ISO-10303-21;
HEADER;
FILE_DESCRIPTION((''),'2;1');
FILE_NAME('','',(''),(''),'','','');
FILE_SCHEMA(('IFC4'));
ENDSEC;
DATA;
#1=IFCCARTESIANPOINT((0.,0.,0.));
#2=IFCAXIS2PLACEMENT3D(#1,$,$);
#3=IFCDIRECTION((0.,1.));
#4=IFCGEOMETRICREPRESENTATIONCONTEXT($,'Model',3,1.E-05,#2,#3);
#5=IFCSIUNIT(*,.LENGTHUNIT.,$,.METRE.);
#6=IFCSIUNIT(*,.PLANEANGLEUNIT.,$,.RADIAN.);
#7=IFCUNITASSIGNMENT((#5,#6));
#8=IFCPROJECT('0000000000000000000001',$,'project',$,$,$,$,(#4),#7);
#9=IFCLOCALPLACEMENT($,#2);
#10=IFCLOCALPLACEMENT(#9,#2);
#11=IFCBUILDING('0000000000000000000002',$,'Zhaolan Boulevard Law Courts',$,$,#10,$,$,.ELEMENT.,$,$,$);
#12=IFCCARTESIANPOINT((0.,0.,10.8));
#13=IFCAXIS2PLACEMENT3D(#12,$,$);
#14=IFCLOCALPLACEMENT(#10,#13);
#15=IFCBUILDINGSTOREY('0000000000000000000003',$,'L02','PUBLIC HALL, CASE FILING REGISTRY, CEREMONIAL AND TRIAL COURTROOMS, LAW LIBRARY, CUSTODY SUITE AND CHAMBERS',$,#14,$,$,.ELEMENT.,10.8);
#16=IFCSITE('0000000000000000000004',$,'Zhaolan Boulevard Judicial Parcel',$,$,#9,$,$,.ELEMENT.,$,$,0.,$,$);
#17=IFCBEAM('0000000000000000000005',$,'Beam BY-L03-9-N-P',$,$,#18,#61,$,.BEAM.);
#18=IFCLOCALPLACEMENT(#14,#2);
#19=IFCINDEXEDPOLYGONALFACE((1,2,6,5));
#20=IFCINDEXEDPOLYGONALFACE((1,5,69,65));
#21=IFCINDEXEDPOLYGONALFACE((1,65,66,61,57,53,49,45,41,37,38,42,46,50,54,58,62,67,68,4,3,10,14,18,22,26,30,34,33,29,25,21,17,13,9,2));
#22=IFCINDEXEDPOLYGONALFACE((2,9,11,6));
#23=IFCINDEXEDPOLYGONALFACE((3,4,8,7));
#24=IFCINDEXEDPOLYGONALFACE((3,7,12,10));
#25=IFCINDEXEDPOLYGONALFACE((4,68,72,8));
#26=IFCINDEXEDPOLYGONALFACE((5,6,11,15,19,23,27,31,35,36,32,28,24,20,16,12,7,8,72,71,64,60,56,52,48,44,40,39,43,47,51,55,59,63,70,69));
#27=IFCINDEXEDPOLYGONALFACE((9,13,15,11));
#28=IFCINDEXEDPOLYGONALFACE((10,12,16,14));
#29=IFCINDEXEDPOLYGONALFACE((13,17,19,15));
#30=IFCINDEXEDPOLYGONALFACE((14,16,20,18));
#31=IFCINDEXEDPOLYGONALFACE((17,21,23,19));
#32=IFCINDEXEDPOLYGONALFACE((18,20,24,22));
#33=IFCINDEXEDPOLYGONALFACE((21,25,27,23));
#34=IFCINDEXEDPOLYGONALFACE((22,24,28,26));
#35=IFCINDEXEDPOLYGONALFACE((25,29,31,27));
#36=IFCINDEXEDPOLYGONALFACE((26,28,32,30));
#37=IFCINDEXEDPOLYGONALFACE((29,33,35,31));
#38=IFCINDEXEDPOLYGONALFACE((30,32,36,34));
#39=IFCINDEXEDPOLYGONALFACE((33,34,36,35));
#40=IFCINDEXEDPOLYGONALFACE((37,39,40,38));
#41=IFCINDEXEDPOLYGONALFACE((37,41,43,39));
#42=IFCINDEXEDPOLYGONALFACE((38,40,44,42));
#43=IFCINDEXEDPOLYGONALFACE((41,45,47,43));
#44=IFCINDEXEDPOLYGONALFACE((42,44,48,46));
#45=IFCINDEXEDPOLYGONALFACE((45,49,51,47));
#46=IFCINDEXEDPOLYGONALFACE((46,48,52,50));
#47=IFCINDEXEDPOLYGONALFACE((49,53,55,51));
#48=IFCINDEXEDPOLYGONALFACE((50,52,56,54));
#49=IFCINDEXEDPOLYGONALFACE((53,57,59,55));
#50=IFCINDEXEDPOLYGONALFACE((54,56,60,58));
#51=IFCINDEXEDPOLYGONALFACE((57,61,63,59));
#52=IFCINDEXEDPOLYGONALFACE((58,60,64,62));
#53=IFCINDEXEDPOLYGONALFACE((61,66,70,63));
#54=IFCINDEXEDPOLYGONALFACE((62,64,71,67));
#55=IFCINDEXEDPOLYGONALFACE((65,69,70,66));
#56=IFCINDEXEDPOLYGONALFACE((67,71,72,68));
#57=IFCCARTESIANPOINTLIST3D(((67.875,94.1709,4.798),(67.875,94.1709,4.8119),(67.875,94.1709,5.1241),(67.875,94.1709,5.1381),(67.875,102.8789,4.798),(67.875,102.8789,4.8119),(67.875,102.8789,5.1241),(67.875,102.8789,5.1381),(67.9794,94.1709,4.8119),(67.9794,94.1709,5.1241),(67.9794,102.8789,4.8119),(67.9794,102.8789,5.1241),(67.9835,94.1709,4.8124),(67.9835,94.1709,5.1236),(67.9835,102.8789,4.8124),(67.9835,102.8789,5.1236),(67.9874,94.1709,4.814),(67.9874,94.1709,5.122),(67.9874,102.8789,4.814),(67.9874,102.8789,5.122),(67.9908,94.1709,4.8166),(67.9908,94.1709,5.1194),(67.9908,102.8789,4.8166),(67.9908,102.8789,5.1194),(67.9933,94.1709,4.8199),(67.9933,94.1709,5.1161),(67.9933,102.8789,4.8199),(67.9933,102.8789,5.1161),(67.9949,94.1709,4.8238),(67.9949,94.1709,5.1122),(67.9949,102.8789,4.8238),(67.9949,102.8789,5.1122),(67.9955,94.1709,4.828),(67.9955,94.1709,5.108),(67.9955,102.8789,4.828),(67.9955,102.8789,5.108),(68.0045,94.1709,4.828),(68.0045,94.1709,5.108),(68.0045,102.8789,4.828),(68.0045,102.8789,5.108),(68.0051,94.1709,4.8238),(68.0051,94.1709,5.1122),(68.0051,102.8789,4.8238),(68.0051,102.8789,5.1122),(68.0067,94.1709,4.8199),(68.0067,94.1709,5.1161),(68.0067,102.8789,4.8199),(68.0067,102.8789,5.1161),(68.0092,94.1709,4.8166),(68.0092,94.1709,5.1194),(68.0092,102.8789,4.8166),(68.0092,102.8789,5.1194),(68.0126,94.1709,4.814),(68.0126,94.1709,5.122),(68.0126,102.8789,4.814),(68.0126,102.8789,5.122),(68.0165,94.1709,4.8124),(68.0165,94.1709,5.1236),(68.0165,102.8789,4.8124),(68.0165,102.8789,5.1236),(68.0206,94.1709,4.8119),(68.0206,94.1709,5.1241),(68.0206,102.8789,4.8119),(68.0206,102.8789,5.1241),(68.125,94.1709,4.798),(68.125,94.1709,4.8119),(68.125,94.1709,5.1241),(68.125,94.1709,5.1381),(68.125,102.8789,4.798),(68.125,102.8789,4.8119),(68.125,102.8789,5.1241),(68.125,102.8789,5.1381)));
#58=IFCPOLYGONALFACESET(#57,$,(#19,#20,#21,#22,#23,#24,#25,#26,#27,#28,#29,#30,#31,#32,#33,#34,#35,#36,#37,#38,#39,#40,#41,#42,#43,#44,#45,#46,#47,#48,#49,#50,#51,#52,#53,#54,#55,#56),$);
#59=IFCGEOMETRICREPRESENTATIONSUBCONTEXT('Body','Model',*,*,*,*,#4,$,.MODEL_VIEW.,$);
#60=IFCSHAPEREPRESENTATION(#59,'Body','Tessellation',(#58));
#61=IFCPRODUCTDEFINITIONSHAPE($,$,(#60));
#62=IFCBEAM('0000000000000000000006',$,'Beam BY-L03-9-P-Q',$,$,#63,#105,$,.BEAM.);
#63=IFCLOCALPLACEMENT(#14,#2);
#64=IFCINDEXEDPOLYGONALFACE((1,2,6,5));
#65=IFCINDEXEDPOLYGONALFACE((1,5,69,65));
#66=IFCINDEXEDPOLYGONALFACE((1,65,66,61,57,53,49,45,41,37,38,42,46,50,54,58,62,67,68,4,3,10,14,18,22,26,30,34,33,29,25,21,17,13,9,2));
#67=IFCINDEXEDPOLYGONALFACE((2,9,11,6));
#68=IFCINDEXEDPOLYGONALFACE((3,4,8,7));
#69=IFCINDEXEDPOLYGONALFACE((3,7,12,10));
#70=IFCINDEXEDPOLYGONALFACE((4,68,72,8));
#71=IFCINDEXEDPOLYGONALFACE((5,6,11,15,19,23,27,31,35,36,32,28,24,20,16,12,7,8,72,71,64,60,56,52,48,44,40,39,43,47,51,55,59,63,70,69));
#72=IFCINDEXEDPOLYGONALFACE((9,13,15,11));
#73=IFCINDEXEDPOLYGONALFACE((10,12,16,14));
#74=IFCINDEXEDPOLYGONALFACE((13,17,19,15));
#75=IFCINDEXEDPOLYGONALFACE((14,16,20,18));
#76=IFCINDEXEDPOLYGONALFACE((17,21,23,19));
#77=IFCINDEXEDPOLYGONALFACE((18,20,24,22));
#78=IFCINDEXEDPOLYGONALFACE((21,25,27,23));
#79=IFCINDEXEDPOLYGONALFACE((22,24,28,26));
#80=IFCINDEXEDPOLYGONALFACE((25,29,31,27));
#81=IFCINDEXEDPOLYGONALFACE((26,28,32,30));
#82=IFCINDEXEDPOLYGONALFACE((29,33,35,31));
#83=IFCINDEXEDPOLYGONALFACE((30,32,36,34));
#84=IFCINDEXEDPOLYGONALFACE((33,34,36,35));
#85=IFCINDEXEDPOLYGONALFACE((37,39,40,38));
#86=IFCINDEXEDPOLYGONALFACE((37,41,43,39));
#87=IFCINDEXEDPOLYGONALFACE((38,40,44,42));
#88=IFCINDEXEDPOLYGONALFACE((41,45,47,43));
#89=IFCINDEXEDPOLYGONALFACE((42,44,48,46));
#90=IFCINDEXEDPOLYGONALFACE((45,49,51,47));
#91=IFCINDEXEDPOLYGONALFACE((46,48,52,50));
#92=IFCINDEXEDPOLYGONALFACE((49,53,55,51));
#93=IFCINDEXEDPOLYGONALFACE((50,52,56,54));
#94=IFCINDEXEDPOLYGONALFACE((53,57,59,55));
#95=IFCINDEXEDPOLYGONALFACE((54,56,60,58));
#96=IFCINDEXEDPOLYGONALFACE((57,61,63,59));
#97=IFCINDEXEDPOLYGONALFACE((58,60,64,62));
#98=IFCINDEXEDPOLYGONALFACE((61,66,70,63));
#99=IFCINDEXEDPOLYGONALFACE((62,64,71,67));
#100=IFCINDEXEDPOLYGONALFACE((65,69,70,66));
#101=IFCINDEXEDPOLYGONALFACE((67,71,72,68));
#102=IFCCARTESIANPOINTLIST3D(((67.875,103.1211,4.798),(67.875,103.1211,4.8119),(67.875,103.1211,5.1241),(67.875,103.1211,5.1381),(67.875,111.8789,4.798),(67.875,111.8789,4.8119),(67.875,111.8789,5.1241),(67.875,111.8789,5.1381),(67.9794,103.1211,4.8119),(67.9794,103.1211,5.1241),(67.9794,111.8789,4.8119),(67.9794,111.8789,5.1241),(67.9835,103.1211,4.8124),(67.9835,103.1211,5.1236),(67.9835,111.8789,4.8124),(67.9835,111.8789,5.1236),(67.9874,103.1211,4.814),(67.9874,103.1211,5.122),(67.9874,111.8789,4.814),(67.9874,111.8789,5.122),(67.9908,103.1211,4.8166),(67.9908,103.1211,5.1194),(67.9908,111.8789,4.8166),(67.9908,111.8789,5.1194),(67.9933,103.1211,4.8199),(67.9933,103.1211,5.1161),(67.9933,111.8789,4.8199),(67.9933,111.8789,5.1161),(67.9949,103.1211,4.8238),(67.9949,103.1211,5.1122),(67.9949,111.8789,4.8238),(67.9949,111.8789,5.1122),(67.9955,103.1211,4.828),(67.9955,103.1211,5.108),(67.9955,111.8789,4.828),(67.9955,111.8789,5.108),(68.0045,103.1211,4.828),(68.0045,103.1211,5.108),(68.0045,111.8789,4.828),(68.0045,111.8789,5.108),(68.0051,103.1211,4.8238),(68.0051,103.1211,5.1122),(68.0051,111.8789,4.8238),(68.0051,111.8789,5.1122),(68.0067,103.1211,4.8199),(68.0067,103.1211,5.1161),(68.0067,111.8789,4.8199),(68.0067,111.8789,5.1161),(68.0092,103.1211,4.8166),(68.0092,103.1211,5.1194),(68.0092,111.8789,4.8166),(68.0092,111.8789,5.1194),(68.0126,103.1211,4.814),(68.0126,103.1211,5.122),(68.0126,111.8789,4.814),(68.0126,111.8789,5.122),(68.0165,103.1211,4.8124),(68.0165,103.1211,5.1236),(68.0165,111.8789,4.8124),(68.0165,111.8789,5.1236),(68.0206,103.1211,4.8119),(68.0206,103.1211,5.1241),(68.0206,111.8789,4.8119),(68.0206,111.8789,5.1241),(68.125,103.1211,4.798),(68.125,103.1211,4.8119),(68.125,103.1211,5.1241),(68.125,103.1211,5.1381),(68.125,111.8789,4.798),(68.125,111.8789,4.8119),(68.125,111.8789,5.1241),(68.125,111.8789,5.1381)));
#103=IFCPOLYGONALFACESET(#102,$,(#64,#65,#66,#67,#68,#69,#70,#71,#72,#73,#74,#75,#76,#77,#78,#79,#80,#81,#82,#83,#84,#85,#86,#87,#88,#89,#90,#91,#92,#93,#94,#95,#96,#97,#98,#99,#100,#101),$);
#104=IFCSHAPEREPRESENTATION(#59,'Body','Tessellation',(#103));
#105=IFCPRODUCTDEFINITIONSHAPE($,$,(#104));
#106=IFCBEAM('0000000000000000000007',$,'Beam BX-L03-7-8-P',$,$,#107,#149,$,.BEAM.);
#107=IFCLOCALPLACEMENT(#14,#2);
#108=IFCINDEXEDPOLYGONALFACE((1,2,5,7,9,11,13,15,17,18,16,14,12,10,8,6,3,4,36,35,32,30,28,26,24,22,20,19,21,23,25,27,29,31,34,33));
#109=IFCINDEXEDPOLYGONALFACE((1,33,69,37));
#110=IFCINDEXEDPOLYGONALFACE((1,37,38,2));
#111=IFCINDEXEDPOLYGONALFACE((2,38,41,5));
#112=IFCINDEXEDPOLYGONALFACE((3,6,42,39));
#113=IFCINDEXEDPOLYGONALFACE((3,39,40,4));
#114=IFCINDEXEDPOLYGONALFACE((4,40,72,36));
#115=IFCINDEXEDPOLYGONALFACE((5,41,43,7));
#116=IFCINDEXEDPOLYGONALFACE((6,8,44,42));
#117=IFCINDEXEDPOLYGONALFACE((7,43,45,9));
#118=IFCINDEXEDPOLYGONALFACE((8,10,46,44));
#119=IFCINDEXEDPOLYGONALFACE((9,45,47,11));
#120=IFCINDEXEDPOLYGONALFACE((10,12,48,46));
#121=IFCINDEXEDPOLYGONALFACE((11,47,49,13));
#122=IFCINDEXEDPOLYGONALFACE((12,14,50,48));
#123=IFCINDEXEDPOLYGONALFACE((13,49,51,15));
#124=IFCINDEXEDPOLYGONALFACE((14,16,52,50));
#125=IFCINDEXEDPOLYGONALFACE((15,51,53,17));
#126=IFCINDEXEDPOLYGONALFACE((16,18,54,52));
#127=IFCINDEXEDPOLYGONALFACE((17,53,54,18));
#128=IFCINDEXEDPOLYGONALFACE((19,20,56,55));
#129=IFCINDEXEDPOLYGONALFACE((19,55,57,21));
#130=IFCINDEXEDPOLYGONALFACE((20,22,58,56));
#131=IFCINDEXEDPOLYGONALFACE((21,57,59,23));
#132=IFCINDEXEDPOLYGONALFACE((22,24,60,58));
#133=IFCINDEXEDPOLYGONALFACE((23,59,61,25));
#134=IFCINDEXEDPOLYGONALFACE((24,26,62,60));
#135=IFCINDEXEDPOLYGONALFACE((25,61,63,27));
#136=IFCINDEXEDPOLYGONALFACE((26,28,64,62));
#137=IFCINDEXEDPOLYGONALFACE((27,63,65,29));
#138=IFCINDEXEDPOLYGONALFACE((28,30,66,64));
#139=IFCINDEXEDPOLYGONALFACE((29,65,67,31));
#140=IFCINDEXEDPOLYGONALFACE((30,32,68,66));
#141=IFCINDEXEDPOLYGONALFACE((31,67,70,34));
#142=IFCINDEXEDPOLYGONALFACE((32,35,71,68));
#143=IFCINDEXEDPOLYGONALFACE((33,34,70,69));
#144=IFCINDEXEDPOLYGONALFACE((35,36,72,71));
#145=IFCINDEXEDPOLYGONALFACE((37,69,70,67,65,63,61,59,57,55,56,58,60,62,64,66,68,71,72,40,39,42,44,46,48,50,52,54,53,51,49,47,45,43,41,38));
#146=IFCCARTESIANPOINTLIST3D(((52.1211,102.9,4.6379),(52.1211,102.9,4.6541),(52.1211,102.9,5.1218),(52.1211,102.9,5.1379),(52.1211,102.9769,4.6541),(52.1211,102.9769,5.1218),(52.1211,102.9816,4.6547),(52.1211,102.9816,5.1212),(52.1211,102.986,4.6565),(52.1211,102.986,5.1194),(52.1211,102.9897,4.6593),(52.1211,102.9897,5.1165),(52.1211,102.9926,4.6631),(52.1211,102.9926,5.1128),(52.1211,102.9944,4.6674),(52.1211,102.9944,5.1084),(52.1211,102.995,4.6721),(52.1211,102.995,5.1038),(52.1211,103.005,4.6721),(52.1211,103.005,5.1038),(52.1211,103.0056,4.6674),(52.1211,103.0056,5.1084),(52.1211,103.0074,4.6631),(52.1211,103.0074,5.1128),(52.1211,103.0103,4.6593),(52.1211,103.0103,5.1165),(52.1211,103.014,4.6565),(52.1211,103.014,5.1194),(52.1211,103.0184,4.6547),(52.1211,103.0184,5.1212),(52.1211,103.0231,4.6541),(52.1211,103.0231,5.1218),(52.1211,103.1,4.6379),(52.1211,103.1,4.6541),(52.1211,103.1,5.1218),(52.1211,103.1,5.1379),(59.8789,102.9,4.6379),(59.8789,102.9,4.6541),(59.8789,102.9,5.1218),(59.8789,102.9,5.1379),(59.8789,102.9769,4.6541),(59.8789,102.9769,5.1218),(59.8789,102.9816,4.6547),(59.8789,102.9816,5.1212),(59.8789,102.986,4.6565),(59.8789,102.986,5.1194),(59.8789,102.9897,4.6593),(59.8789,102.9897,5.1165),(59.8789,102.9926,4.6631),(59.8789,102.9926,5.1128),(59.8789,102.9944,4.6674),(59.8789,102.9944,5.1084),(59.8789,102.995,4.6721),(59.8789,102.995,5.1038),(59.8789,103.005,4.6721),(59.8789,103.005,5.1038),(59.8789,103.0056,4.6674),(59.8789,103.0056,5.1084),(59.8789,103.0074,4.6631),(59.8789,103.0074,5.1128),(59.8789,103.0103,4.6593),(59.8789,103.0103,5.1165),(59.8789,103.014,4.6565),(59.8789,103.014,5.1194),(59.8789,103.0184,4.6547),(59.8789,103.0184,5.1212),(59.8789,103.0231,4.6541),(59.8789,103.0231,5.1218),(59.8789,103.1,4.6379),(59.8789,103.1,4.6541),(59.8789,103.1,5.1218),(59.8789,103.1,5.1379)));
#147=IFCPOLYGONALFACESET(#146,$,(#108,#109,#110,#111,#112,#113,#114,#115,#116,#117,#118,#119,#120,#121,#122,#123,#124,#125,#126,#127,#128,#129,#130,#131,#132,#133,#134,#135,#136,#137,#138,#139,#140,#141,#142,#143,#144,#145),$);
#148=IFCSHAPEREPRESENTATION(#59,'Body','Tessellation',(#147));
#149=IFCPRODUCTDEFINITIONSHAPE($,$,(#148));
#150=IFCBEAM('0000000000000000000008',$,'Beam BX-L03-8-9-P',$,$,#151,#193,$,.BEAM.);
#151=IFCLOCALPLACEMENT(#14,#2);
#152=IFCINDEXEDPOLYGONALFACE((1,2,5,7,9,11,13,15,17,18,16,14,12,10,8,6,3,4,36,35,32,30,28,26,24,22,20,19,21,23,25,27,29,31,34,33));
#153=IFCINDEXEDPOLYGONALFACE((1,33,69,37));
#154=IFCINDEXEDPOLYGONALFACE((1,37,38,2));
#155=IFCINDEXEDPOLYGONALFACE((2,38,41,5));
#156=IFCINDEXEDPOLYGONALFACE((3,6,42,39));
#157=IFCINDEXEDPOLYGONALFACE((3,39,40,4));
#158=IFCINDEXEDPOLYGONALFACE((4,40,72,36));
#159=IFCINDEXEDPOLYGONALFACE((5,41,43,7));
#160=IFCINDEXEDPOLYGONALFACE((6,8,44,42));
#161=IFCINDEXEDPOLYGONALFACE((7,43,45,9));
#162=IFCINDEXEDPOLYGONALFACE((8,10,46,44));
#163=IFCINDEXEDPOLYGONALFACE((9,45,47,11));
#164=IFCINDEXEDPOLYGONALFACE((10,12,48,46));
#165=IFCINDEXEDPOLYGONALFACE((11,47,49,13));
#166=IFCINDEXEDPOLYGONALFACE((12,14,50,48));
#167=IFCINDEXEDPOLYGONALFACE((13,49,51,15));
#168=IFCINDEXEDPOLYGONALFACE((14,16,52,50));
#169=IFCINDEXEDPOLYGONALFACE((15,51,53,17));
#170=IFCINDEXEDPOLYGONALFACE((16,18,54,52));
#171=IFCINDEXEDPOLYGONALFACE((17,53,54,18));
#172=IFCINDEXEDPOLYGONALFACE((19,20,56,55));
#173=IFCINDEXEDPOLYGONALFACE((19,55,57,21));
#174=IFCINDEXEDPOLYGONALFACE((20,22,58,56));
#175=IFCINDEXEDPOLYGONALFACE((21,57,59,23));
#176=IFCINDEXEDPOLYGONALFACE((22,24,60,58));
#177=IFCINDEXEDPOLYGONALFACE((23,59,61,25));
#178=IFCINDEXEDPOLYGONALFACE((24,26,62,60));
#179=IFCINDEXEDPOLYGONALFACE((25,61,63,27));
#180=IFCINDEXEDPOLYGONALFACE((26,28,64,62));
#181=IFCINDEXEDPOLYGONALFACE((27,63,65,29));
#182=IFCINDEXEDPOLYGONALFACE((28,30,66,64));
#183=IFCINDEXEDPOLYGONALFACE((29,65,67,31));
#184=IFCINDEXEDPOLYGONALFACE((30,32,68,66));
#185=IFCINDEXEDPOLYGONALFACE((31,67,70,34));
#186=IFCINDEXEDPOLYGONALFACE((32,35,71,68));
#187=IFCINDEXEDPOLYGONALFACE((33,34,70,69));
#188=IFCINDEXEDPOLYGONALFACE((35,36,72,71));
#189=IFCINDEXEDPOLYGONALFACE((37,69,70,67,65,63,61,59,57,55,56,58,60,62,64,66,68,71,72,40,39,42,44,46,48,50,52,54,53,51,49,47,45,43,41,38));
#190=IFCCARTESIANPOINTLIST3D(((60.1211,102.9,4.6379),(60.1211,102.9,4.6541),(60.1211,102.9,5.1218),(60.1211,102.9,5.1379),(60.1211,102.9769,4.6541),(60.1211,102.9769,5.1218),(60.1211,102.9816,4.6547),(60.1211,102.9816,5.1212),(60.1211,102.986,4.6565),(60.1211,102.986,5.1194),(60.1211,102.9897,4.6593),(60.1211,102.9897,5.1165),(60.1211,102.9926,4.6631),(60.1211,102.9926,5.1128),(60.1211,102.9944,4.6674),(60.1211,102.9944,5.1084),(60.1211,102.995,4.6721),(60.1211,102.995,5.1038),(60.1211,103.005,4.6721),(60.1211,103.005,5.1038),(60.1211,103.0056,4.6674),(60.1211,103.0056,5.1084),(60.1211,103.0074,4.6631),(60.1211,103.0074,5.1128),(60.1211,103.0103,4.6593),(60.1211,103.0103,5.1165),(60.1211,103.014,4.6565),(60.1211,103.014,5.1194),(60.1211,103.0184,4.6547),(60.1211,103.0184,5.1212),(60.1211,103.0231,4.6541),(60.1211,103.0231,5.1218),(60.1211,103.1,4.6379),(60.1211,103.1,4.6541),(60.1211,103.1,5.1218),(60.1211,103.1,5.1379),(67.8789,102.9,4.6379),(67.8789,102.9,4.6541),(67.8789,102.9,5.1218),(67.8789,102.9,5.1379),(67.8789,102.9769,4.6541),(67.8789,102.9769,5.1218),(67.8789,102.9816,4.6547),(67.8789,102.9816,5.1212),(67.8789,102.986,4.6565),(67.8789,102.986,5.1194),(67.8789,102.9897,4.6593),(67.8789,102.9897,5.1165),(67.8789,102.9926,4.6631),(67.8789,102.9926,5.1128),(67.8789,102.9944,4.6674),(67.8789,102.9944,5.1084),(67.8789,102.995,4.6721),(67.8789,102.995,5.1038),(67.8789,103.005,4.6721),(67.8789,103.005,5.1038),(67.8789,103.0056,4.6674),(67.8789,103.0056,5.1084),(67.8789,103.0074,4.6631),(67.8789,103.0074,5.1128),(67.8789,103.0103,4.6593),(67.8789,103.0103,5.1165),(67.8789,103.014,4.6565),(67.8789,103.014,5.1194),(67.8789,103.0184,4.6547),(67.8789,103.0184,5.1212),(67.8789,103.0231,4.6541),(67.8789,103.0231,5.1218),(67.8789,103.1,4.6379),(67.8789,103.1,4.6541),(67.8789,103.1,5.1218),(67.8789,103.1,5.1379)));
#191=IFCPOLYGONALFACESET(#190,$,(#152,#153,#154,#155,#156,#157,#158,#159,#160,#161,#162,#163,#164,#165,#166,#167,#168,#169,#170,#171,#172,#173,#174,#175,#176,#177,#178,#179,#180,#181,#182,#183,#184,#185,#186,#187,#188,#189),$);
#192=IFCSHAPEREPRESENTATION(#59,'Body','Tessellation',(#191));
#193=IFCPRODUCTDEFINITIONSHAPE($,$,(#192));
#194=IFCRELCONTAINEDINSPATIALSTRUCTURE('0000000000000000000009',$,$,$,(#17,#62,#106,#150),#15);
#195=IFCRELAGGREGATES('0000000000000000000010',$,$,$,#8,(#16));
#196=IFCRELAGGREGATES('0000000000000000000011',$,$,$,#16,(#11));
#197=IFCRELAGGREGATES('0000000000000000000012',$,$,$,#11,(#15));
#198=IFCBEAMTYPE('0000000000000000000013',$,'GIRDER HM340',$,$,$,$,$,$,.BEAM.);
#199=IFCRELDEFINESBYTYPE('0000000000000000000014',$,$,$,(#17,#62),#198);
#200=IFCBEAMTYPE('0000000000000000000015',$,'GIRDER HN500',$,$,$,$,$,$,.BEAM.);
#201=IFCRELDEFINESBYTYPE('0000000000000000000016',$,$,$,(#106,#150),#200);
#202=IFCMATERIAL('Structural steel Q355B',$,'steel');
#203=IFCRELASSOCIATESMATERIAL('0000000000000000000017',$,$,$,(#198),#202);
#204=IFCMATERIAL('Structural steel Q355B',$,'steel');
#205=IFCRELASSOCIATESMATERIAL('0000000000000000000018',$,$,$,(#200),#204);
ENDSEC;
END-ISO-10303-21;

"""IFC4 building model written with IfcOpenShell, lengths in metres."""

from ifc_helpers import new_model, si_unit, direction, frame, origin, origin_2d, place, context, subcontext, project, spatial, i_section, extrude, material, material_profile, profile_set, type_object, element, save


model = new_model("IFC4")

# Units and contexts
model_context = context("Model", 3, precision=1e-05, world=origin(), true_north=direction((0.0, 1.0)))
body_context = subcontext(model_context, "Body", "Model", "MODEL_VIEW")
ifc_project = project(units=[si_unit("LENGTHUNIT", "METRE"), si_unit("PLANEANGLEUNIT", "RADIAN")], contexts=[model_context])

# Site, building, storey
site_placement = place(None, origin())
site = spatial("IfcSite", under=ifc_project, at=site_placement, Name="Zhaolan Boulevard Judicial Parcel", CompositionType="ELEMENT", RefElevation=0.0)
building_placement = place(site_placement, origin())
building = spatial("IfcBuilding", under=site, at=building_placement, Name="Zhaolan Boulevard Law Courts", CompositionType="ELEMENT")
storey_placement = place(building_placement, frame((0.0, 0.0, 10.8)))
storey = spatial("IfcBuildingStorey", under=building, at=storey_placement, Name="L02", Description="PUBLIC HALL, CASE FILING REGISTRY, CEREMONIAL AND TRIAL COURTROOMS, LAW LIBRARY, CUSTODY SUITE AND CHAMBERS", CompositionType="ELEMENT", Elevation=10.8)

# Beams
ifc_material_1 = material(Name="Structural steel Q355B", Category="steel")
ifc_material_profile_1 = material_profile(ifc_material_1, i_section(OverallWidth=0.25, OverallDepth=0.3401, WebThickness=0.009, FlangeThickness=0.0139, FilletRadius=0.0161, at=origin_2d()), Name="HM340x250")
ifc_profile_set_1 = profile_set([ifc_material_profile_1], Name="Structural steel Q355B")
beam_type_1 = type_object("IfcBeamType", Name="GIRDER HM340", PredefinedType="BEAM", material=ifc_profile_set_1)
beam_1_placement = place(storey_placement, frame((68.0, 94.1709, 4.968), z_axis=(0.0, 1.0, 0.0), x_axis=(-1.0, 0.0, 0.0)))
element("IfcBeam", 1, at=beam_1_placement, inside=storey, type_object=beam_type_1, Name="Beam BY-L03-9-N-P", PredefinedType="BEAM", context=body_context, shape_type="SweptSolid", body=[
    extrude(i_section(OverallWidth=0.25, OverallDepth=0.3401, WebThickness=0.009, FlangeThickness=0.0139, FilletRadius=0.0161, at=origin_2d()), origin(), (0.0, 0.0, 1.0), 8.708),
])
beam_2_placement = place(storey_placement, frame((68.0, 103.1211, 4.968), z_axis=(0.0, 1.0, 0.0), x_axis=(-1.0, 0.0, 0.0)))
element("IfcBeam", 2, at=beam_2_placement, inside=storey, type_object=beam_type_1, Name="Beam BY-L03-9-P-Q", PredefinedType="BEAM", context=body_context, shape_type="SweptSolid", body=[
    extrude(i_section(OverallWidth=0.25, OverallDepth=0.3401, WebThickness=0.009, FlangeThickness=0.0139, FilletRadius=0.0161, at=origin_2d()), origin(), (0.0, 0.0, 1.0), 8.7578),
])
ifc_material_2 = material(Name="Structural steel Q355B", Category="steel")
ifc_material_profile_2 = material_profile(ifc_material_2, i_section(OverallWidth=0.2, OverallDepth=0.5, WebThickness=0.01, FlangeThickness=0.0161, FilletRadius=0.0181, at=origin_2d()), Name="HN500x200")
ifc_profile_set_2 = profile_set([ifc_material_profile_2], Name="Structural steel Q355B")
beam_type_2 = type_object("IfcBeamType", Name="GIRDER HN500", PredefinedType="BEAM", material=ifc_profile_set_2)
for number, where, z_axis, x_axis, name in (
    (3, (52.1211, 103.0, 4.8879), (1.0, 0.0, 0.0), (0.0, 1.0, 0.0), "Beam BX-L03-7-8-P"),
    (4, (60.1211, 103.0, 4.8879), (1.0, 0.0, 0.0), (0.0, 1.0, 0.0), "Beam BX-L03-8-9-P"),
):
    element("IfcBeam", number, at=place(storey_placement, frame(where, z_axis=z_axis, x_axis=x_axis)), inside=storey, type_object=beam_type_2, Name=name, PredefinedType="BEAM", context=body_context, shape_type="SweptSolid", body=[
        extrude(i_section(OverallWidth=0.2, OverallDepth=0.5, WebThickness=0.01, FlangeThickness=0.0161, FilletRadius=0.0181, at=origin_2d()), origin(), (0.0, 0.0, 1.0), 7.7578),
    ])

save(model, "model.ifc")
